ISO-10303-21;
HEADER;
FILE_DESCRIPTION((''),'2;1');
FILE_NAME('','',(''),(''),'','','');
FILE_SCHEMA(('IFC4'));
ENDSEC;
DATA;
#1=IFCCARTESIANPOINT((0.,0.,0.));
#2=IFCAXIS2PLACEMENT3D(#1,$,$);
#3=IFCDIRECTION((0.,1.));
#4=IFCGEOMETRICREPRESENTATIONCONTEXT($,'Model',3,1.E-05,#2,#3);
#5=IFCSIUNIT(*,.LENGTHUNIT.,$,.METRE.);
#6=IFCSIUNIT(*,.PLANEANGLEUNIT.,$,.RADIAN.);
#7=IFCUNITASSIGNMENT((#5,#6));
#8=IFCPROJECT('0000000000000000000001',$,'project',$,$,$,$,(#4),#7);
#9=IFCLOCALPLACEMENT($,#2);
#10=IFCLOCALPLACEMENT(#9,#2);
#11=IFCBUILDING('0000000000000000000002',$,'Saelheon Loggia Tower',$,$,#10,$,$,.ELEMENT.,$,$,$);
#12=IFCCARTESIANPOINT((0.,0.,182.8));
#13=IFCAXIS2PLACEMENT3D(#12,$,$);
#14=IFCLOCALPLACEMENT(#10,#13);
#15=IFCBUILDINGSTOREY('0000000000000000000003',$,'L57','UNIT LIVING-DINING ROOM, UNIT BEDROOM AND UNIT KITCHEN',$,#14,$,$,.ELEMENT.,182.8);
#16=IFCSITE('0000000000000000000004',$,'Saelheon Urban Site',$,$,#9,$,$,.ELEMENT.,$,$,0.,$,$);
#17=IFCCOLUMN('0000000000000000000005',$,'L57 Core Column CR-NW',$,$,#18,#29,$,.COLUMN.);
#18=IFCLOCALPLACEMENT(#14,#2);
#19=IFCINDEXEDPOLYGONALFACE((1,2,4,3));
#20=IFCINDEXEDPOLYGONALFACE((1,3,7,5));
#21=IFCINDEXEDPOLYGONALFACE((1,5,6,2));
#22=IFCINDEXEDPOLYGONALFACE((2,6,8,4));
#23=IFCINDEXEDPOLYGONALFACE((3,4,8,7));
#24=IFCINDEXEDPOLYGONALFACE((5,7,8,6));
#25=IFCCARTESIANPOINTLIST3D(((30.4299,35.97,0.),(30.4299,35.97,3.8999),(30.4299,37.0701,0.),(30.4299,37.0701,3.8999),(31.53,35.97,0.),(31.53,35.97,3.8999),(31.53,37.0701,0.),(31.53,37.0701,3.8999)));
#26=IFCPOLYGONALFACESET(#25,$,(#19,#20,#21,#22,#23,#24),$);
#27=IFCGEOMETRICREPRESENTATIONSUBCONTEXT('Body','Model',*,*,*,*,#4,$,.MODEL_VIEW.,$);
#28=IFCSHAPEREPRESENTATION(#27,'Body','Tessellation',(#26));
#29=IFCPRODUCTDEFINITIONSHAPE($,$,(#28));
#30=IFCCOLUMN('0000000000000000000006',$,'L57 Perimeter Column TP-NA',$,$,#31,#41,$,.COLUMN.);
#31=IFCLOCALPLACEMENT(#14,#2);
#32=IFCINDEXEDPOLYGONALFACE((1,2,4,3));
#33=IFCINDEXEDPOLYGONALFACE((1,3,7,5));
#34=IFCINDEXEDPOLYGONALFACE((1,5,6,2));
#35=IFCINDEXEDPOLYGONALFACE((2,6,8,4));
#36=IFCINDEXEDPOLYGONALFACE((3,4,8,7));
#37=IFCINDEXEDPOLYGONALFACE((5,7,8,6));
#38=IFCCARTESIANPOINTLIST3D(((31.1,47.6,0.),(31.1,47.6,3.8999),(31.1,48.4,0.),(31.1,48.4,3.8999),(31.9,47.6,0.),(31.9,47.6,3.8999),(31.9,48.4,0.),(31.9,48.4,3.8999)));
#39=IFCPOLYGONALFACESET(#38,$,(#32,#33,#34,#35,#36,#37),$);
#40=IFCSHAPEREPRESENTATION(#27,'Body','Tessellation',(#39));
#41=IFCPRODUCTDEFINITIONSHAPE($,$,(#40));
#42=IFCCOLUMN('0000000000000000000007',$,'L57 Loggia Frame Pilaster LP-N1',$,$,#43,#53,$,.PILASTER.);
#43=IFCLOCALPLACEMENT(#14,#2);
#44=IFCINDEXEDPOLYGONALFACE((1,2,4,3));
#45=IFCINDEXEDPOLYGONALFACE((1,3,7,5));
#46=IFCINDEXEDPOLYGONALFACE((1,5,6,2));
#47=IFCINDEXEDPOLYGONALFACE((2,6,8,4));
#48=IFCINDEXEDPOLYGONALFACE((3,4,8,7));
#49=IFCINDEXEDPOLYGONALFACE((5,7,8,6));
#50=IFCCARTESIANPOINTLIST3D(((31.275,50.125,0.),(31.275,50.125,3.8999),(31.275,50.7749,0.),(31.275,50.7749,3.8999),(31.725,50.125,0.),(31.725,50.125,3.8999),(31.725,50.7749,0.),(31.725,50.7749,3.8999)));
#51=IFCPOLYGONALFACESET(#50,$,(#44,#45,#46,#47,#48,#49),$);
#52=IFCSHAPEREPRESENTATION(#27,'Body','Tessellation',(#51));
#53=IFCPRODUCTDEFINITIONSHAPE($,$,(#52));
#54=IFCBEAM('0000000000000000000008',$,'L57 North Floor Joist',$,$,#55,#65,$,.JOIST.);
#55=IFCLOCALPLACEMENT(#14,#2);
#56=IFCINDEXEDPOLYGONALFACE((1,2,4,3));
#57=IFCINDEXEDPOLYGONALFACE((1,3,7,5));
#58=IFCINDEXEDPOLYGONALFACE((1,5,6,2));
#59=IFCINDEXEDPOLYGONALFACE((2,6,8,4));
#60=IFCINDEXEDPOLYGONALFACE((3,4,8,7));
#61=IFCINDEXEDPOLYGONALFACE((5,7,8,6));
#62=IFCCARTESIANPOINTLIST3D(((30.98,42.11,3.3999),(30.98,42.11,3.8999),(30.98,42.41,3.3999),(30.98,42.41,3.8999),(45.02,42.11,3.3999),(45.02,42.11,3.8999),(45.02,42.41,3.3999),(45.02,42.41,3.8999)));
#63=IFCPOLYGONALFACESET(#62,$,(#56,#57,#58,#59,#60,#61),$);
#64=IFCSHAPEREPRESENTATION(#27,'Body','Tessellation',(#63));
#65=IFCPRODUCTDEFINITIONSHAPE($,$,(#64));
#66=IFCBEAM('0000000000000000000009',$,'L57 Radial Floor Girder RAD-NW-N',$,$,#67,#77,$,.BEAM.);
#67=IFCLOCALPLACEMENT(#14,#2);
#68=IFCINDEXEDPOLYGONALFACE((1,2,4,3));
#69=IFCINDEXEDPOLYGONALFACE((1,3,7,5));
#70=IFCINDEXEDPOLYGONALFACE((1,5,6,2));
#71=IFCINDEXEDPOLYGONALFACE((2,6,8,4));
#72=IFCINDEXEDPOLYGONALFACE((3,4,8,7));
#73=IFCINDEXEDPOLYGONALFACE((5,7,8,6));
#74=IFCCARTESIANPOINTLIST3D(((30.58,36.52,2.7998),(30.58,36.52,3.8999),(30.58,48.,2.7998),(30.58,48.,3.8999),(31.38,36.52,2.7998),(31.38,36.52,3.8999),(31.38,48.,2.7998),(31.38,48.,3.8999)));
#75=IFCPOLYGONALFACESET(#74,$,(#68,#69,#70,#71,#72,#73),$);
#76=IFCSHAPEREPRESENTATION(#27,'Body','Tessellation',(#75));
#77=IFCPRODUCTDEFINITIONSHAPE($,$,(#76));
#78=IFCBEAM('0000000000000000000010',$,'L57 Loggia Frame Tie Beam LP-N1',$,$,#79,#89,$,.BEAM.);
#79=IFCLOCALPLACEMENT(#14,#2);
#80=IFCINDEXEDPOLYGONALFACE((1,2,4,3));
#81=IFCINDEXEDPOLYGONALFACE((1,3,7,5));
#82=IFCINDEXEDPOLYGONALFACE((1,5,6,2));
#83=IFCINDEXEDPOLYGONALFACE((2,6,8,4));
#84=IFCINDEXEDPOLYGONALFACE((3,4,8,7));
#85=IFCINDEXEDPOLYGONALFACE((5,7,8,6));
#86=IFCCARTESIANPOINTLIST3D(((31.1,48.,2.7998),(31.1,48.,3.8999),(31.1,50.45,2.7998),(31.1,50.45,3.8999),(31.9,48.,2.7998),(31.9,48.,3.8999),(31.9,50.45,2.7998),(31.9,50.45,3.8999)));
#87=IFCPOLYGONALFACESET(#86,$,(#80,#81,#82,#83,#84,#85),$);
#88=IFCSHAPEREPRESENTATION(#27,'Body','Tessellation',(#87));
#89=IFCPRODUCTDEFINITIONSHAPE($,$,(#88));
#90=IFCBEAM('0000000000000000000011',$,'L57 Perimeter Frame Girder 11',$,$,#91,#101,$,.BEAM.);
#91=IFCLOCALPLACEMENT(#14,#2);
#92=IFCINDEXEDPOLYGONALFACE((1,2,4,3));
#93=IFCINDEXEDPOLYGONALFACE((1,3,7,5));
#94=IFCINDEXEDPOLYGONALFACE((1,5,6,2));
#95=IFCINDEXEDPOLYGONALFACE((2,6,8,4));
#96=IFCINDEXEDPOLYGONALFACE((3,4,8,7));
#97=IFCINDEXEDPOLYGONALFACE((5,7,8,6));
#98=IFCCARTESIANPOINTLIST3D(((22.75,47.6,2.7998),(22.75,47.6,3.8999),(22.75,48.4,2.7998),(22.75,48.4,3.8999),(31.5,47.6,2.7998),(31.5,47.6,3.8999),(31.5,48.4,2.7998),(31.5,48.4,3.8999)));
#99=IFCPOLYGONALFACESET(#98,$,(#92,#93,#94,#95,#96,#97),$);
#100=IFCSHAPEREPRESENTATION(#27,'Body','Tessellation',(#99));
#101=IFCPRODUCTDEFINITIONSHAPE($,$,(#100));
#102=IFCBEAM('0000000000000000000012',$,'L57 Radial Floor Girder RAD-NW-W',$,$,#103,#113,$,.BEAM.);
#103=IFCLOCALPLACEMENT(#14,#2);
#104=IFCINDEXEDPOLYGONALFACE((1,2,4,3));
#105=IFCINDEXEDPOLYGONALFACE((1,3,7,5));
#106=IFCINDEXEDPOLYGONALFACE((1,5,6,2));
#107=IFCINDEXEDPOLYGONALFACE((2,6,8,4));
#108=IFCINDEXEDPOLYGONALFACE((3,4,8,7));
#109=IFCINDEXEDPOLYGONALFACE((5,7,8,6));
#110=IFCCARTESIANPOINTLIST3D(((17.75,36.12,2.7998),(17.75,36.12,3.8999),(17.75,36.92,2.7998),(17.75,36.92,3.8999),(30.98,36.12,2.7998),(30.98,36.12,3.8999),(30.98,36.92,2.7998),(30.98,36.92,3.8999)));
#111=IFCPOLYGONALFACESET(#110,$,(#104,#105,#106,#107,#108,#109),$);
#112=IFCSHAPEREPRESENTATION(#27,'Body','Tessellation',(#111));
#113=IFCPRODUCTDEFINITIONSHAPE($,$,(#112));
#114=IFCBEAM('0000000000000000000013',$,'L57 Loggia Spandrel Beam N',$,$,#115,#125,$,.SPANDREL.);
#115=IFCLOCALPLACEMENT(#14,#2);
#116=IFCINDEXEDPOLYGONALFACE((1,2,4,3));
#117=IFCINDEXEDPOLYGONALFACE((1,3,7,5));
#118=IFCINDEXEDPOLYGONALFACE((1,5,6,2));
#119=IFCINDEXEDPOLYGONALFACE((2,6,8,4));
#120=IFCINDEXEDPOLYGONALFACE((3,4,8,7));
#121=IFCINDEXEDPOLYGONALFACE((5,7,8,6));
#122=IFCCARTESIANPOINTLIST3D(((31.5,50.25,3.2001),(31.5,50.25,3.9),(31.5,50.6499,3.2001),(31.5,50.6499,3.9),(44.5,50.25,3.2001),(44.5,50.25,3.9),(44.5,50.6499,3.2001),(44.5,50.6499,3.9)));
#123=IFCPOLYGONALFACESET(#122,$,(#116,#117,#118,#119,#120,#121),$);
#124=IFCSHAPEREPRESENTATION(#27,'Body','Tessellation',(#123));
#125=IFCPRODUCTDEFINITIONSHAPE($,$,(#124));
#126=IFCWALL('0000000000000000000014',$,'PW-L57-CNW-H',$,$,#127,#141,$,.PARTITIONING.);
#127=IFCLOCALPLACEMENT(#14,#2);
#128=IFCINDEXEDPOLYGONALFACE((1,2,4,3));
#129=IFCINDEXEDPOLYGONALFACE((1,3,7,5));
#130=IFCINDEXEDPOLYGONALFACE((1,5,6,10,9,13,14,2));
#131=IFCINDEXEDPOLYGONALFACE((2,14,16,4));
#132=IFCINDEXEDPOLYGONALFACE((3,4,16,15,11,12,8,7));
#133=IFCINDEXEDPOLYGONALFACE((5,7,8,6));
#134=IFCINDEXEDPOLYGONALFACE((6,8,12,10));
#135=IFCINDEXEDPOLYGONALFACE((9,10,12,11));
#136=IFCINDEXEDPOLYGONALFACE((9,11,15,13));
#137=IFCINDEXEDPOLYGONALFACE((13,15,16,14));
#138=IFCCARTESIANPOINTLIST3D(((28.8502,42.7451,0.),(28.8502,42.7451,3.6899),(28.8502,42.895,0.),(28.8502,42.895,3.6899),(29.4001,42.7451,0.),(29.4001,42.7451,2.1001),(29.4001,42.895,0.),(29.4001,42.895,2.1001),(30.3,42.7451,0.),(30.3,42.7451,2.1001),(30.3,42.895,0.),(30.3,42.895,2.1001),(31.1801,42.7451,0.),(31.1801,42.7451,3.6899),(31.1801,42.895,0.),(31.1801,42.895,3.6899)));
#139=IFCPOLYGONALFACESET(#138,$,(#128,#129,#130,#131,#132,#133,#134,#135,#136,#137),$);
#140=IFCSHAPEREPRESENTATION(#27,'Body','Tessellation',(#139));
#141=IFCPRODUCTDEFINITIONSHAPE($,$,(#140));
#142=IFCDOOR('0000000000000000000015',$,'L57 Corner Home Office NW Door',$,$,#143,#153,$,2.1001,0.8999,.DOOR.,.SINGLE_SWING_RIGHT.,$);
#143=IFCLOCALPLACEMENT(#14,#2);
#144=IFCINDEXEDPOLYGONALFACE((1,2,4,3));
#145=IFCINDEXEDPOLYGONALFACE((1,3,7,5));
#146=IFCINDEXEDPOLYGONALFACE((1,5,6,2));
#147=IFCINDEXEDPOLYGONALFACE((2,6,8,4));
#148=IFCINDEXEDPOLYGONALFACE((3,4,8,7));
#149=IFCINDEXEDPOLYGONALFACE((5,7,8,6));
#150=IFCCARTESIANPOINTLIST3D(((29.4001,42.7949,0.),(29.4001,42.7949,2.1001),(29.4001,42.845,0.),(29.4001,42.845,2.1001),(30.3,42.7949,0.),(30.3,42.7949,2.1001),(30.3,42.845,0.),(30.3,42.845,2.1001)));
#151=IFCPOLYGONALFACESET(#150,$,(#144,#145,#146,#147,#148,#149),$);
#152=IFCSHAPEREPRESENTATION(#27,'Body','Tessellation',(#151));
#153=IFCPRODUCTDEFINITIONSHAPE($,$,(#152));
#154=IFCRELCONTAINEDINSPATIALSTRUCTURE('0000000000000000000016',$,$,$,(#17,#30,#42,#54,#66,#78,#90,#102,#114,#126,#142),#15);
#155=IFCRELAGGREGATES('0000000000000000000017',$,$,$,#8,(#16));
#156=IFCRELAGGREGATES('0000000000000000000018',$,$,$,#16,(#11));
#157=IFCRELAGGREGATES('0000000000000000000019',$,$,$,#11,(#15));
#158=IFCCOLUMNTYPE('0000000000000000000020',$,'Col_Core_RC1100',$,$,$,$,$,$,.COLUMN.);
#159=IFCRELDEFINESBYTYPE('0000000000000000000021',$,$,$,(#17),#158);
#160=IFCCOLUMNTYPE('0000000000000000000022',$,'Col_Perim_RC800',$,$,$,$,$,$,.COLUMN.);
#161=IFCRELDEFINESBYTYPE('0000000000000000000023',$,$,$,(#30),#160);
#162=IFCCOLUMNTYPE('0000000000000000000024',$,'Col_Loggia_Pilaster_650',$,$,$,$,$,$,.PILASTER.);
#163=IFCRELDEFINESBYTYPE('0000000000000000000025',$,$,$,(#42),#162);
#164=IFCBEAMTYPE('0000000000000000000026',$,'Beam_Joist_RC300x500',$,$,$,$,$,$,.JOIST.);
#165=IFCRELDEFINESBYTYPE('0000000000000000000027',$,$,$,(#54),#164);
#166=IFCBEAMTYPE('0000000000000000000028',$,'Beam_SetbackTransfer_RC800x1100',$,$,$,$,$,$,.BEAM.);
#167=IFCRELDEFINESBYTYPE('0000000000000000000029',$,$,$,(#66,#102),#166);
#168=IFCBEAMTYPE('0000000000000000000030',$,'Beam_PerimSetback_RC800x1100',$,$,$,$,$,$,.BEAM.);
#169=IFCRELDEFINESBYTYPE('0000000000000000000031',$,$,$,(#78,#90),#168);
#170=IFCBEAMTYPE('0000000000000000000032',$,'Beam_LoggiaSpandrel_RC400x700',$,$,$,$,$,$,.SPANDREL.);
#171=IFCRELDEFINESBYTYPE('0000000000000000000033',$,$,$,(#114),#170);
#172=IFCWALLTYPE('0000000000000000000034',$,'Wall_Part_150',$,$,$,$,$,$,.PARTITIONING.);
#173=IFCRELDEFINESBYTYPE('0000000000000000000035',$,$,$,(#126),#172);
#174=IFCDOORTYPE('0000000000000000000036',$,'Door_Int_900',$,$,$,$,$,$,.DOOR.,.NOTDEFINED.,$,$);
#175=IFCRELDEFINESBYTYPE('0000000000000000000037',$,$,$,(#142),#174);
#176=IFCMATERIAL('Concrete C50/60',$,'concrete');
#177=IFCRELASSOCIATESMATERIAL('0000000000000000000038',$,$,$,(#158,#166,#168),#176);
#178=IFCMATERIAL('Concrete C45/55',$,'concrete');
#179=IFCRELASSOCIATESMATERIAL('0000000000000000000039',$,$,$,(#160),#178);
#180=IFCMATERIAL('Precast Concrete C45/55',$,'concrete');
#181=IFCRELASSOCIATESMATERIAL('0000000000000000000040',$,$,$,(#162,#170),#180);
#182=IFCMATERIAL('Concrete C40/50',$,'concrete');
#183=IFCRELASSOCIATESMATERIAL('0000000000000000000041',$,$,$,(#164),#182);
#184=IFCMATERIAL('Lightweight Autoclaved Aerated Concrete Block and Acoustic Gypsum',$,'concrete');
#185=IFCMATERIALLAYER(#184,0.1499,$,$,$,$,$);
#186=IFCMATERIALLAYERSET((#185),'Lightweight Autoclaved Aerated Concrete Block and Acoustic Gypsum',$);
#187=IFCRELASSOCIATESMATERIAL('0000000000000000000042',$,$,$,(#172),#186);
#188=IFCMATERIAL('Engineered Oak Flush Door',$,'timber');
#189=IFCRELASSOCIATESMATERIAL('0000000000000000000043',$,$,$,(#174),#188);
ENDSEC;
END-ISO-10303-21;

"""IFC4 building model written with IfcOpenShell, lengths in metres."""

from ifc_helpers import new_model, si_unit, direction, frame, frame_2d, origin, origin_2d, place, context, subcontext, project, spatial, rectangle, extrude, source, transform, mapped, material, layer, layer_set, material_profile, profile_set, type_object, element, fill, save


model = new_model("IFC4")

# Units and contexts
model_context = context("Model", 3, precision=1e-05, world=origin(), true_north=direction((0.0, 1.0)))
body_context = subcontext(model_context, "Body", "Model", "MODEL_VIEW")
ifc_project = project(units=[si_unit("LENGTHUNIT", "METRE"), si_unit("PLANEANGLEUNIT", "RADIAN")], contexts=[model_context])

# Site, building, storey
site_placement = place(None, origin())
site = spatial("IfcSite", under=ifc_project, at=site_placement, Name="Saelheon Urban Site", CompositionType="ELEMENT", RefElevation=0.0)
building_placement = place(site_placement, origin())
building = spatial("IfcBuilding", under=site, at=building_placement, Name="Saelheon Loggia Tower", CompositionType="ELEMENT")
storey_placement = place(building_placement, frame((0.0, 0.0, 182.8)))
storey = spatial("IfcBuildingStorey", under=building, at=storey_placement, Name="L57", Description="UNIT LIVING-DINING ROOM, UNIT BEDROOM AND UNIT KITCHEN", CompositionType="ELEMENT", Elevation=182.8)

# Columns
ifc_material_1 = material(Name="Concrete C50/60", Category="concrete")
ifc_material_profile_1 = material_profile(ifc_material_1, rectangle(XDim=1.1001, YDim=1.1001, at=origin_2d()), Name="RC-1100x1100")
ifc_profile_set_1 = profile_set([ifc_material_profile_1], Name="Concrete C50/60")
column_type_1 = type_object("IfcColumnType", Name="Col_Core_RC1100", PredefinedType="COLUMN", material=ifc_profile_set_1)
shared_shape_1 = source(origin(), body_context, "Body", "SweptSolid", [
    extrude(rectangle(XDim=1.1001, YDim=1.1001, at=origin_2d()), origin(), (0.0, 0.0, 1.0), 3.8999),
])
column_1_placement = place(storey_placement, frame((30.98, 36.52, 0.0), z_axis=(0.0, 0.0, 1.0), x_axis=(1.0, 0.0, 0.0)))
element("IfcColumn", 1, at=column_1_placement, inside=storey, type_object=column_type_1, Name="L57 Core Column CR-NW", PredefinedType="COLUMN", context=body_context, shape_type="MappedRepresentation", body=[
    mapped(shared_shape_1, transform((0.0, 0.0, 0.0), scale=1.0)),
])
ifc_material_2 = material(Name="Concrete C45/55", Category="concrete")
ifc_material_profile_2 = material_profile(ifc_material_2, rectangle(XDim=0.8, YDim=0.8, at=origin_2d()), Name="RC-800x800")
ifc_profile_set_2 = profile_set([ifc_material_profile_2], Name="Concrete C45/55")
column_type_2 = type_object("IfcColumnType", Name="Col_Perim_RC800", PredefinedType="COLUMN", material=ifc_profile_set_2)
shared_shape_2 = source(origin(), body_context, "Body", "SweptSolid", [
    extrude(rectangle(XDim=0.8, YDim=0.8, at=origin_2d()), origin(), (0.0, 0.0, 1.0), 3.8999),
])
column_2_placement = place(storey_placement, frame((31.5, 48.0, 0.0), z_axis=(0.0, 0.0, 1.0), x_axis=(1.0, 0.0, 0.0)))
element("IfcColumn", 2, at=column_2_placement, inside=storey, type_object=column_type_2, Name="L57 Perimeter Column TP-NA", PredefinedType="COLUMN", context=body_context, shape_type="MappedRepresentation", body=[
    mapped(shared_shape_2, transform((0.0, 0.0, 0.0), scale=1.0)),
])
ifc_material_3 = material(Name="Precast Concrete C45/55", Category="concrete")
ifc_material_profile_3 = material_profile(ifc_material_3, rectangle(XDim=0.45, YDim=0.6499, at=origin_2d()), Name="RC-450x650")
ifc_profile_set_3 = profile_set([ifc_material_profile_3], Name="Precast Concrete C45/55")
column_type_3 = type_object("IfcColumnType", Name="Col_Loggia_Pilaster_650", PredefinedType="PILASTER", material=ifc_profile_set_3)
shared_shape_3 = source(origin(), body_context, "Body", "SweptSolid", [
    extrude(rectangle(XDim=0.45, YDim=0.6499, at=origin_2d()), origin(), (0.0, 0.0, 1.0), 3.8999),
])
column_3_placement = place(storey_placement, frame((31.5, 50.45, 0.0), z_axis=(0.0, 0.0, 1.0), x_axis=(1.0, 0.0, 0.0)))
element("IfcColumn", 3, at=column_3_placement, inside=storey, type_object=column_type_3, Name="L57 Loggia Frame Pilaster LP-N1", PredefinedType="PILASTER", context=body_context, shape_type="MappedRepresentation", body=[
    mapped(shared_shape_3, transform((0.0, 0.0, 0.0), scale=1.0)),
])

# Beams
ifc_material_4 = material(Name="Concrete C40/50", Category="concrete")
ifc_material_profile_4 = material_profile(ifc_material_4, rectangle(XDim=0.3, YDim=0.5, at=origin_2d()), Name="RC-300x500")
ifc_profile_set_4 = profile_set([ifc_material_profile_4], Name="Concrete C40/50")
beam_type_1 = type_object("IfcBeamType", Name="Beam_Joist_RC300x500", PredefinedType="JOIST", material=ifc_profile_set_4)
shared_shape_4 = source(origin(), body_context, "Body", "SweptSolid", [
    extrude(rectangle(XDim=0.3, YDim=0.5, at=origin_2d()), origin(), (0.0, 0.0, 1.0), 14.04),
])
beam_1_placement = place(storey_placement, frame((30.98, 42.26, 3.6499), z_axis=(1.0, 0.0, 0.0), x_axis=(0.0, 1.0, 0.0)))
element("IfcBeam", 4, at=beam_1_placement, inside=storey, type_object=beam_type_1, Name="L57 North Floor Joist", PredefinedType="JOIST", context=body_context, shape_type="MappedRepresentation", body=[
    mapped(shared_shape_4, transform((0.0, 0.0, 0.0), scale=1.0)),
])
ifc_material_profile_5 = material_profile(ifc_material_1, rectangle(XDim=0.8, YDim=1.1001, at=origin_2d()), Name="RC-800x1100")
ifc_profile_set_5 = profile_set([ifc_material_profile_5], Name="Concrete C50/60")
beam_type_2 = type_object("IfcBeamType", Name="Beam_SetbackTransfer_RC800x1100", PredefinedType="BEAM", material=ifc_profile_set_5)
shared_shape_5 = source(origin(), body_context, "Body", "SweptSolid", [
    extrude(rectangle(XDim=0.8, YDim=1.1001, at=origin_2d()), origin(), (0.0, 0.0, 1.0), 11.48),
])
beam_2_placement = place(storey_placement, frame((30.98, 36.52, 3.3499), z_axis=(0.0, 1.0, 0.0), x_axis=(-1.0, 0.0, 0.0)))
element("IfcBeam", 5, at=beam_2_placement, inside=storey, type_object=beam_type_2, Name="L57 Radial Floor Girder RAD-NW-N", PredefinedType="BEAM", context=body_context, shape_type="MappedRepresentation", body=[
    mapped(shared_shape_5, transform((0.0, 0.0, 0.0), scale=1.0)),
])
ifc_material_profile_6 = material_profile(ifc_material_1, rectangle(XDim=0.8, YDim=1.1001, at=origin_2d()), Name="RC-800x1100")
ifc_profile_set_6 = profile_set([ifc_material_profile_6], Name="Concrete C50/60")
beam_type_3 = type_object("IfcBeamType", Name="Beam_PerimSetback_RC800x1100", PredefinedType="BEAM", material=ifc_profile_set_6)
shared_shape_6 = source(origin(), body_context, "Body", "SweptSolid", [
    extrude(rectangle(XDim=0.8, YDim=1.1001, at=origin_2d()), origin(), (0.0, 0.0, 1.0), 2.45),
])
beam_3_placement = place(storey_placement, frame((31.5, 48.0, 3.3499), z_axis=(0.0, 1.0, 0.0), x_axis=(-1.0, 0.0, 0.0)))
element("IfcBeam", 6, at=beam_3_placement, inside=storey, type_object=beam_type_3, Name="L57 Loggia Frame Tie Beam LP-N1", PredefinedType="BEAM", context=body_context, shape_type="MappedRepresentation", body=[
    mapped(shared_shape_6, transform((0.0, 0.0, 0.0), scale=1.0)),
])
shared_shape_7 = source(origin(), body_context, "Body", "SweptSolid", [
    extrude(rectangle(XDim=0.8, YDim=1.1001, at=origin_2d()), origin(), (0.0, 0.0, 1.0), 8.75),
])
beam_4_placement = place(storey_placement, frame((31.5, 48.0, 3.3499), z_axis=(-1.0, 0.0, 0.0), x_axis=(0.0, -1.0, 0.0)))
element("IfcBeam", 7, at=beam_4_placement, inside=storey, type_object=beam_type_3, Name="L57 Perimeter Frame Girder 11", PredefinedType="BEAM", context=body_context, shape_type="MappedRepresentation", body=[
    mapped(shared_shape_7, transform((0.0, 0.0, 0.0), scale=1.0)),
])
shared_shape_8 = source(origin(), body_context, "Body", "SweptSolid", [
    extrude(rectangle(XDim=0.8, YDim=1.1001, at=origin_2d()), origin(), (0.0, 0.0, 1.0), 13.23),
])
beam_5_placement = place(storey_placement, frame((30.98, 36.52, 3.3499), z_axis=(-1.0, 0.0, 0.0), x_axis=(0.0, -1.0, 0.0)))
element("IfcBeam", 8, at=beam_5_placement, inside=storey, type_object=beam_type_2, Name="L57 Radial Floor Girder RAD-NW-W", PredefinedType="BEAM", context=body_context, shape_type="MappedRepresentation", body=[
    mapped(shared_shape_8, transform((0.0, 0.0, 0.0), scale=1.0)),
])
ifc_material_profile_7 = material_profile(ifc_material_3, rectangle(XDim=0.3999, YDim=0.7, at=origin_2d()), Name="RC-400x700")
ifc_profile_set_7 = profile_set([ifc_material_profile_7], Name="Precast Concrete C45/55")
beam_type_4 = type_object("IfcBeamType", Name="Beam_LoggiaSpandrel_RC400x700", PredefinedType="SPANDREL", material=ifc_profile_set_7)
shared_shape_9 = source(origin(), body_context, "Body", "SweptSolid", [
    extrude(rectangle(XDim=0.3999, YDim=0.7, at=origin_2d()), origin(), (0.0, 0.0, 1.0), 13.0),
])
beam_6_placement = place(storey_placement, frame((31.5, 50.45, 3.55), z_axis=(1.0, 0.0, 0.0), x_axis=(0.0, 1.0, 0.0)))
element("IfcBeam", 9, at=beam_6_placement, inside=storey, type_object=beam_type_4, Name="L57 Loggia Spandrel Beam N", PredefinedType="SPANDREL", context=body_context, shape_type="MappedRepresentation", body=[
    mapped(shared_shape_9, transform((0.0, 0.0, 0.0), scale=1.0)),
])

# Wall, opening, door
ifc_material_5 = material(Name="Lightweight Autoclaved Aerated Concrete Block and Acoustic Gypsum", Category="concrete")
ifc_layer_1 = layer(ifc_material_5, 0.1499)
ifc_layer_set_1 = layer_set([ifc_layer_1], Name="Lightweight Autoclaved Aerated Concrete Block and Acoustic Gypsum")
wall_type_1 = type_object("IfcWallType", Name="Wall_Part_150", PredefinedType="PARTITIONING", material=ifc_layer_set_1)
wall_1_placement = place(storey_placement, frame((28.8501, 42.8201, 0.0), z_axis=(0.0, 0.0, 1.0), x_axis=(1.0, 0.0, 0.0)))
wall_1 = element("IfcWall", 10, at=wall_1_placement, inside=storey, type_object=wall_type_1, Name="PW-L57-CNW-H", PredefinedType="PARTITIONING", context=body_context, shape_type="SweptSolid", body=[
    extrude(rectangle(XDim=2.3298, YDim=0.1499, at=frame_2d((1.165, 0.0))), origin(), (0.0, 0.0, 1.0), 3.6899),
])
opening_1_placement = place(wall_1_placement, frame((0.55, 0.0, 0.0)))
opening_1 = element("IfcOpeningElement", 11, at=opening_1_placement, cuts=wall_1, PredefinedType="OPENING", context=body_context, shape_type="SweptSolid", body=[
    extrude(rectangle(XDim=0.8999, YDim=2.1001, at=frame_2d((0.45, 1.05))), frame((0.0, 0.0869, 0.0), z_axis=(0.0, -1.0, 0.0), x_axis=(1.0, 0.0, 0.0)), (0.0, 0.0, 1.0), 0.1738),
])
ifc_material_6 = material(Name="Engineered Oak Flush Door", Category="timber")
door_type_1 = type_object("IfcDoorType", Name="Door_Int_900", OperationType="NOTDEFINED", PredefinedType="DOOR", material=ifc_material_6)
shared_shape_10 = source(origin(), body_context, "Body", "SweptSolid", [
    extrude(rectangle(XDim=0.8999, YDim=2.1001, at=frame_2d((0.45, 1.05))), frame((0.0, 0.0249, 0.0), z_axis=(0.0, -1.0, 0.0), x_axis=(1.0, 0.0, 0.0)), (0.0, 0.0, 1.0), 0.05),
])
door_1_placement = place(opening_1_placement, origin())
door_1 = element("IfcDoor", 12, at=door_1_placement, inside=storey, type_object=door_type_1, Name="L57 Corner Home Office NW Door", OperationType="SINGLE_SWING_RIGHT", OverallHeight=2.1001, OverallWidth=0.8999, PredefinedType="DOOR", context=body_context, shape_type="MappedRepresentation", body=[
    mapped(shared_shape_10, transform((0.0, 0.0, 0.0), scale=1.0)),
])
fill(opening_1, door_1)

save(model, "model.ifc")
